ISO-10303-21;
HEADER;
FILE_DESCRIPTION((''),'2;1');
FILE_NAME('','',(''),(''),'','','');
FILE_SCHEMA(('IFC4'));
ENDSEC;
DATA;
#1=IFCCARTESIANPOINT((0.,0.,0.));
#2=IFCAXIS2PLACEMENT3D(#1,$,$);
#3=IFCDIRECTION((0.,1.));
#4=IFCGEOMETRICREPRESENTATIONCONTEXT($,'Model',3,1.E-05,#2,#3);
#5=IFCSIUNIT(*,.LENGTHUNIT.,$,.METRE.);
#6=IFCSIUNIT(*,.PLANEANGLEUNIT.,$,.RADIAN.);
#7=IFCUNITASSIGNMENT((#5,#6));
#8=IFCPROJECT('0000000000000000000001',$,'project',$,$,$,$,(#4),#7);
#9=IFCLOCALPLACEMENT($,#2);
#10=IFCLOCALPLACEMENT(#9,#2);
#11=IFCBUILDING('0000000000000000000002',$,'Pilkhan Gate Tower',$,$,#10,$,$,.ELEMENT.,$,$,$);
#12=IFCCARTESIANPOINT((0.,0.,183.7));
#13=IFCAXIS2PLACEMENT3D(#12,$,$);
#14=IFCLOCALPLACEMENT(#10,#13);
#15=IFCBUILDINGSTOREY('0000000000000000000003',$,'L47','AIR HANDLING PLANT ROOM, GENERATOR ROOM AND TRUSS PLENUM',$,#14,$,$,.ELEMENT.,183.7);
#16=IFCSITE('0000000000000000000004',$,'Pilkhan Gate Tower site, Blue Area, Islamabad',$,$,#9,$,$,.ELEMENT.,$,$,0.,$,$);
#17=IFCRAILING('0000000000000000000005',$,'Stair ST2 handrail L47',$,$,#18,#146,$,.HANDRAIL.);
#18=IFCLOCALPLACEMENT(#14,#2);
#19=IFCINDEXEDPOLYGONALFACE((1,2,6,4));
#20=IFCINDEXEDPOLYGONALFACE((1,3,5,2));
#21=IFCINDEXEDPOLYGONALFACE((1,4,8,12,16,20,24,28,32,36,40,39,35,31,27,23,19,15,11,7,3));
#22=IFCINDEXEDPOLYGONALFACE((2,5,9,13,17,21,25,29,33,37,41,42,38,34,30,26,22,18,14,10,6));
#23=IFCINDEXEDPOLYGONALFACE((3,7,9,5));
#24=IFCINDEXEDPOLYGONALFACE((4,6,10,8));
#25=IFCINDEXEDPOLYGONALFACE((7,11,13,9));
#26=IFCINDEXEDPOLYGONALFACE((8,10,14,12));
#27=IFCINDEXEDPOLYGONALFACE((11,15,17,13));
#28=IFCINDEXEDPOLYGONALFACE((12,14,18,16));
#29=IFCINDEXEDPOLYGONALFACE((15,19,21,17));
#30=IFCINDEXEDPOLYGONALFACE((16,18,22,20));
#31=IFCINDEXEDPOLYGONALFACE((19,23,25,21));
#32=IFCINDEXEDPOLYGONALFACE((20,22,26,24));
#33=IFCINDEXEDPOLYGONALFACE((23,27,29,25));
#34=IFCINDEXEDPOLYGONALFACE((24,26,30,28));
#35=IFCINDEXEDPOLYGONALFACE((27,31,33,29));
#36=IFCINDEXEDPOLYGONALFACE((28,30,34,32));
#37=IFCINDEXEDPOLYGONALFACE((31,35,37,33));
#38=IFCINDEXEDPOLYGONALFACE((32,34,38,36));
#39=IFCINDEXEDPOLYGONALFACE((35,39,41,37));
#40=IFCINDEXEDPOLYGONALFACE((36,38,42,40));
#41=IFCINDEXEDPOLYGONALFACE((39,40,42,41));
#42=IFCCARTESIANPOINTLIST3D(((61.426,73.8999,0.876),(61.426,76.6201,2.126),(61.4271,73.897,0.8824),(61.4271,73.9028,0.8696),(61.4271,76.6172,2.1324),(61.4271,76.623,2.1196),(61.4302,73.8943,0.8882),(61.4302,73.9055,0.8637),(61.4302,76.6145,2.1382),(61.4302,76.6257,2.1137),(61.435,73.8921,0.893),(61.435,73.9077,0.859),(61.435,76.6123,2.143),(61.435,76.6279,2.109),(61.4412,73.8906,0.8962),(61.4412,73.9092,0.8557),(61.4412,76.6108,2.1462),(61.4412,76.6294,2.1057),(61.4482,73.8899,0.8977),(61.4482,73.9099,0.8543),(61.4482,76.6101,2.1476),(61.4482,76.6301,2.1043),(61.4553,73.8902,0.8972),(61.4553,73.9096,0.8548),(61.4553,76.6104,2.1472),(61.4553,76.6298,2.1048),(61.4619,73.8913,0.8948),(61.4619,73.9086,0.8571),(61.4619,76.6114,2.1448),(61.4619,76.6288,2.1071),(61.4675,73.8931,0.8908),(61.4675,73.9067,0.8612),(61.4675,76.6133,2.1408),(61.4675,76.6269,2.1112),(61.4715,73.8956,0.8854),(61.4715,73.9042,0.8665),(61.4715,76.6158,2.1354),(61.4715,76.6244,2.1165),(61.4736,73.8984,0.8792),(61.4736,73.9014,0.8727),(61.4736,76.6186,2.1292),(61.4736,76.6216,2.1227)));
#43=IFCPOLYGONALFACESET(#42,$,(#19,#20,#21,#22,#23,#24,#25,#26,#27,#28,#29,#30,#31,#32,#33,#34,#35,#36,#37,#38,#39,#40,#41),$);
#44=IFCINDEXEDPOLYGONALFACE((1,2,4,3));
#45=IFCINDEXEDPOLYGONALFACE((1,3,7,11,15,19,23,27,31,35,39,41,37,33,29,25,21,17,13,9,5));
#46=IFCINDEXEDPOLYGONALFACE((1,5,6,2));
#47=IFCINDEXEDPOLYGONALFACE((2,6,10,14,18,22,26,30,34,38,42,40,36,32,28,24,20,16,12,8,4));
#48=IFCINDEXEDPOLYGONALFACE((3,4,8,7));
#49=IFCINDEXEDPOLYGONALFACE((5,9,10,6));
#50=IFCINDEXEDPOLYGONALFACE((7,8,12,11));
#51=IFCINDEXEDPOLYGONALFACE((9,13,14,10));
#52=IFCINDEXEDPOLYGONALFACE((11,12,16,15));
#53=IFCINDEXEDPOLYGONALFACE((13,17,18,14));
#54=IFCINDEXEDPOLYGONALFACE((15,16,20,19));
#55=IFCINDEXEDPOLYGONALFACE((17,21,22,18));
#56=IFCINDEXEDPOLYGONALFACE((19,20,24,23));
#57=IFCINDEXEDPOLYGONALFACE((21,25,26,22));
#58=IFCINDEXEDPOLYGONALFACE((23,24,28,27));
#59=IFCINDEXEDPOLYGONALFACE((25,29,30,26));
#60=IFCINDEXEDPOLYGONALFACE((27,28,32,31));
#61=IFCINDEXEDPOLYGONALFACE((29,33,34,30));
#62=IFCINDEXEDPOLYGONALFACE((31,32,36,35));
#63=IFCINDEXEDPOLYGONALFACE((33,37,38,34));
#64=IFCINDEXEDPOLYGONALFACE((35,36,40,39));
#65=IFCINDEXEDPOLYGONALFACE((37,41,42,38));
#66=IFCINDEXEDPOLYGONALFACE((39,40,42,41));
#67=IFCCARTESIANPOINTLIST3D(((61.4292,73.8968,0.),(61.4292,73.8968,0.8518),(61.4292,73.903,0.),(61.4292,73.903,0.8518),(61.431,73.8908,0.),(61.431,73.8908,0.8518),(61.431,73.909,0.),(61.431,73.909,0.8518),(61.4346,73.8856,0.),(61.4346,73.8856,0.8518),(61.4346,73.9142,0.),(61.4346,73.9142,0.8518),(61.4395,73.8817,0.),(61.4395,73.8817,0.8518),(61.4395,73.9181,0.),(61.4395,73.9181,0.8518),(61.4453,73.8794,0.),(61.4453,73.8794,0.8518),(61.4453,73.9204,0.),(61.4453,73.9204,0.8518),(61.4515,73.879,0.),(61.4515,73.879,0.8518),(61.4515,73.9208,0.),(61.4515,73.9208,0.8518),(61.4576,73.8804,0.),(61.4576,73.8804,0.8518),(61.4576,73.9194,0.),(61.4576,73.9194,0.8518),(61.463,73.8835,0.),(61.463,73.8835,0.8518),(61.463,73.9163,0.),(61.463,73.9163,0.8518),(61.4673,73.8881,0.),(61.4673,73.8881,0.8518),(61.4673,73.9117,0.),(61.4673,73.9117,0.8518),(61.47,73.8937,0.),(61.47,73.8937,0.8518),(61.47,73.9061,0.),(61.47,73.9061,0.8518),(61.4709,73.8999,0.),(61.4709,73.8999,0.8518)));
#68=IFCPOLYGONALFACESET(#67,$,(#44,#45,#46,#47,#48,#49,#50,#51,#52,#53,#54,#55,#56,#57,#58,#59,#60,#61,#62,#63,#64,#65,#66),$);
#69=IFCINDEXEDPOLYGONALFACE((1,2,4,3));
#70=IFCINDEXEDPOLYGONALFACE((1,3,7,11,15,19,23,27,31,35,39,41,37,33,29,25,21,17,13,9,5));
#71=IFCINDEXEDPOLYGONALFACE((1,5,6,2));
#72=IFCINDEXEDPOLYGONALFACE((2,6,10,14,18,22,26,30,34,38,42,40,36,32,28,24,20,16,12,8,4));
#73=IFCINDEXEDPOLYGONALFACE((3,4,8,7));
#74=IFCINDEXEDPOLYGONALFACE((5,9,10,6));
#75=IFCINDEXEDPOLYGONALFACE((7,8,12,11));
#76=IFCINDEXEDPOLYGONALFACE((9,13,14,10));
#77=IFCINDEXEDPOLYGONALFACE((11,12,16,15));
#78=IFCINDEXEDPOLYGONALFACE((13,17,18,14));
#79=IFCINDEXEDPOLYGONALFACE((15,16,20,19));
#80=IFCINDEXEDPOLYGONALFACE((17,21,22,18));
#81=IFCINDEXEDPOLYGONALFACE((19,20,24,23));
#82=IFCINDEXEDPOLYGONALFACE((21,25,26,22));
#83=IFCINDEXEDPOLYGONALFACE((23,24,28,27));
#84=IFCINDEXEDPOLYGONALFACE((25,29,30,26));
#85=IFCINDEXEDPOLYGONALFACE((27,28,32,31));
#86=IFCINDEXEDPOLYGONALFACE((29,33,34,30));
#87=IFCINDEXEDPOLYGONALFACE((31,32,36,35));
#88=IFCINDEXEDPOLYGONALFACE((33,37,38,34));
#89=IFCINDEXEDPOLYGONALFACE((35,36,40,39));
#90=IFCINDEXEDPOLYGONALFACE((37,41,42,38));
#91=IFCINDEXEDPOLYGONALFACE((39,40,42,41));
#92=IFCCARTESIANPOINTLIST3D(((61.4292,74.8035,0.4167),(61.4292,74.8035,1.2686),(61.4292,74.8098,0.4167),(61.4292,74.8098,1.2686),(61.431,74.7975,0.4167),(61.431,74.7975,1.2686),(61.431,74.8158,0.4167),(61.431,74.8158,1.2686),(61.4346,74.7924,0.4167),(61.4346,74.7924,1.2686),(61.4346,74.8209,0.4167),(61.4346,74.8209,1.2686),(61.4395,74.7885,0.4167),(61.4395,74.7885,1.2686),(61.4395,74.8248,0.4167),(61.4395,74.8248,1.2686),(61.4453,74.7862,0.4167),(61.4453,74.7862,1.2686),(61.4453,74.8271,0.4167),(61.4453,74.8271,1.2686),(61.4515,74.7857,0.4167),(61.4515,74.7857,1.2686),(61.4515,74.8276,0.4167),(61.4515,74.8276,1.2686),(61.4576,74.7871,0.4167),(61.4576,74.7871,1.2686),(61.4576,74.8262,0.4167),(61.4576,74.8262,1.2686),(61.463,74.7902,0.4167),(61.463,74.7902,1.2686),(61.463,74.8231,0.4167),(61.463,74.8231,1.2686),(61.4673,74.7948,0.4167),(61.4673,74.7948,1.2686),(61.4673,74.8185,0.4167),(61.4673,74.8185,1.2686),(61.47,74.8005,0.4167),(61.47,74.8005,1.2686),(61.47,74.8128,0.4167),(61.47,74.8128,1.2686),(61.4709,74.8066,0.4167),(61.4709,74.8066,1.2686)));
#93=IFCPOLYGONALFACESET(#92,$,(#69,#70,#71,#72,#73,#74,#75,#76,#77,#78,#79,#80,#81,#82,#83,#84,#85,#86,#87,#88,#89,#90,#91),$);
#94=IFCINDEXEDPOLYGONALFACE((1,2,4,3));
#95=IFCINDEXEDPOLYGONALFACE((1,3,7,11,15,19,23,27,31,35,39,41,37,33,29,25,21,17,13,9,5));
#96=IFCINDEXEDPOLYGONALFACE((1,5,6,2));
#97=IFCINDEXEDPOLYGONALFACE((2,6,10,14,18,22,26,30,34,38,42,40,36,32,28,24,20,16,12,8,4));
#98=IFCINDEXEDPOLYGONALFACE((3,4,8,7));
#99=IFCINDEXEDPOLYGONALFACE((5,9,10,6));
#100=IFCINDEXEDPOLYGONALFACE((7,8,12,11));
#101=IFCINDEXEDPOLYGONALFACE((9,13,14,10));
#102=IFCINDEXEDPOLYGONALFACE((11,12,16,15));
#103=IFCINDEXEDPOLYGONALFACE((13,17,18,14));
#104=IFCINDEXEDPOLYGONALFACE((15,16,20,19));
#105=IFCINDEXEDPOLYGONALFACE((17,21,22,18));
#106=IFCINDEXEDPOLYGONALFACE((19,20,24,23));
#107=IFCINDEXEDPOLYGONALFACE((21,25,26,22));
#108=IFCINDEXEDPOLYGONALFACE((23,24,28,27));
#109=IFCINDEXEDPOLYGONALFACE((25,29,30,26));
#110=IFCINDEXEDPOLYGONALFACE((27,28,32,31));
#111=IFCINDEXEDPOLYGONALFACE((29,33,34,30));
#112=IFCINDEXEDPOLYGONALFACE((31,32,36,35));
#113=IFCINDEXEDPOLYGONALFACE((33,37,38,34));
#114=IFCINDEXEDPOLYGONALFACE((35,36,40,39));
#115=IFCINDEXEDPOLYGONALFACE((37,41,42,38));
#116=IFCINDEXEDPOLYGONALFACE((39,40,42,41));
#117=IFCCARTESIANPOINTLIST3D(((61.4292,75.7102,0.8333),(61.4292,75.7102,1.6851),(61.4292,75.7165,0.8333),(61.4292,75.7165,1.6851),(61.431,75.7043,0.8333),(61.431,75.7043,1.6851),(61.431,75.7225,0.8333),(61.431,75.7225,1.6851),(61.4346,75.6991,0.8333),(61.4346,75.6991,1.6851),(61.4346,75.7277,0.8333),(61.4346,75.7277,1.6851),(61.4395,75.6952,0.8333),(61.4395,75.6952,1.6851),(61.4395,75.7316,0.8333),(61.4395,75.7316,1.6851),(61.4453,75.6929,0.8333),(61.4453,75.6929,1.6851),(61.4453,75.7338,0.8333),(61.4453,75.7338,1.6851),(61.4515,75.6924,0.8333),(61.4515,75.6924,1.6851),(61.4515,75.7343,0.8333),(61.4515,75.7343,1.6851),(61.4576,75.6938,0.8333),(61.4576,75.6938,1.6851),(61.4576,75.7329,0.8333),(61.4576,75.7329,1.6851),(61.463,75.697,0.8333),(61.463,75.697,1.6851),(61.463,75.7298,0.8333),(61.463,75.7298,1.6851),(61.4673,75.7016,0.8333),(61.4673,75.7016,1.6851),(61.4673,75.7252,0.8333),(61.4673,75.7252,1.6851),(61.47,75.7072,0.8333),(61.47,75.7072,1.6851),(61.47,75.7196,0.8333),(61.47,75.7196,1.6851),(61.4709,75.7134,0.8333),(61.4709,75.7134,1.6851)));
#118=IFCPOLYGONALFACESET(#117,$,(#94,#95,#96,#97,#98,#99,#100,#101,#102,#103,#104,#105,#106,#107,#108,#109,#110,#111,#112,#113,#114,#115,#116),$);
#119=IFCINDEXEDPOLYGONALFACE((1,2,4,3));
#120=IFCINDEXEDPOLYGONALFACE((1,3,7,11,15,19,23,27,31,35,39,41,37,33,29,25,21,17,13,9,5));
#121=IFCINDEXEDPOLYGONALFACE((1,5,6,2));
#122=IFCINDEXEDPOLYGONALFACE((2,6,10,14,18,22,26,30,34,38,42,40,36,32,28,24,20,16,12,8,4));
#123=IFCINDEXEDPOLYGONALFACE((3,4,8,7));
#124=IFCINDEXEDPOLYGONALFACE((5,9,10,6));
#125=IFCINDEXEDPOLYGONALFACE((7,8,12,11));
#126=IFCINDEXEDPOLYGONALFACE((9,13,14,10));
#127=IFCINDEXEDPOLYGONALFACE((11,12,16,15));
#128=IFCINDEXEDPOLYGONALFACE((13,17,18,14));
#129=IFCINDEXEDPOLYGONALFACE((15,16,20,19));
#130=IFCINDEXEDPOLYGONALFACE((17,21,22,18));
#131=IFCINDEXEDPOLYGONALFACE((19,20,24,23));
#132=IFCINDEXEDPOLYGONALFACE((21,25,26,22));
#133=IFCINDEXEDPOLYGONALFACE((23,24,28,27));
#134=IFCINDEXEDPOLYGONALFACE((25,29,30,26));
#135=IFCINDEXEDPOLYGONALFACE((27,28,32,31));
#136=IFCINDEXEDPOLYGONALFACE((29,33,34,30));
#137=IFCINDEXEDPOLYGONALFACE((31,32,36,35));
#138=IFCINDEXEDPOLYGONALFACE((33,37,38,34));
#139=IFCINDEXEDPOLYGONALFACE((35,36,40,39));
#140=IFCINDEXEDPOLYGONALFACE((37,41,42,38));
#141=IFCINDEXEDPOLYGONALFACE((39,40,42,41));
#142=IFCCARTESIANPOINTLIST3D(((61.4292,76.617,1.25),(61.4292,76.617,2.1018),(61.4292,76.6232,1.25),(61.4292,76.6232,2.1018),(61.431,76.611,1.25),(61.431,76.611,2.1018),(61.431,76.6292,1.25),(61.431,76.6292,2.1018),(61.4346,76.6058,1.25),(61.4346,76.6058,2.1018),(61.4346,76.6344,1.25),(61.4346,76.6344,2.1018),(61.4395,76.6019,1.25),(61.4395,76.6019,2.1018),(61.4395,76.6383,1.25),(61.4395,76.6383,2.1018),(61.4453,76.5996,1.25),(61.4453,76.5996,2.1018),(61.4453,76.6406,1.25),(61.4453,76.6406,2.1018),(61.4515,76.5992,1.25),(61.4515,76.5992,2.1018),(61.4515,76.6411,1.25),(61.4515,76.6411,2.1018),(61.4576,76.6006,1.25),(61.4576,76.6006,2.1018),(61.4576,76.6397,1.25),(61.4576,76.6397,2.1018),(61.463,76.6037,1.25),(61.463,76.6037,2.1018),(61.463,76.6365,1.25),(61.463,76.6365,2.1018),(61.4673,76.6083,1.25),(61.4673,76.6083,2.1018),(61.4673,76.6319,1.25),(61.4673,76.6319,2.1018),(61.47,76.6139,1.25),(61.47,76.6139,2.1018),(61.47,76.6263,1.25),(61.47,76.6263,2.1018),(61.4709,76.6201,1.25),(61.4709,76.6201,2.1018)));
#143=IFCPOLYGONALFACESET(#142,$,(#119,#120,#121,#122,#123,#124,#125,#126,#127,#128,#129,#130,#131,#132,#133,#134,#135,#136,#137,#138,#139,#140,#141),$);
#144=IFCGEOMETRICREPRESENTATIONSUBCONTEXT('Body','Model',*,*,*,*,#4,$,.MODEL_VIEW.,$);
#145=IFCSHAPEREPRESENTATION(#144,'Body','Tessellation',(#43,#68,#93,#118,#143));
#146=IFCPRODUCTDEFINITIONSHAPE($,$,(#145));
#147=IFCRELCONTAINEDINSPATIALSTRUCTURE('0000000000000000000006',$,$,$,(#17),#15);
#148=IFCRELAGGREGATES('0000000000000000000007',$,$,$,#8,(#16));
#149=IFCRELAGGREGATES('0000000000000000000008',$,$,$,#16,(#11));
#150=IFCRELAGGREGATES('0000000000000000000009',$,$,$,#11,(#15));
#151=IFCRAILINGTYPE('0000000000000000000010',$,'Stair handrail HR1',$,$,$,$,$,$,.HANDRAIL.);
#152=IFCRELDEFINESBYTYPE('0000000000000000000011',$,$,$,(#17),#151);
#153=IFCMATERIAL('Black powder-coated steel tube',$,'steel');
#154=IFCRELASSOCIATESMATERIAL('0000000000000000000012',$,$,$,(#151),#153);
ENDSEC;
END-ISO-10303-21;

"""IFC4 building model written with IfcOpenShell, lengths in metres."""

from ifc_helpers import new_model, si_unit, direction, frame, origin, origin_2d, place, context, subcontext, project, spatial, circle, extrude, material, type_object, element, save


model = new_model("IFC4")

# Units and contexts
model_context = context("Model", 3, precision=1e-05, world=origin(), true_north=direction((0.0, 1.0)))
body_context = subcontext(model_context, "Body", "Model", "MODEL_VIEW")
ifc_project = project(units=[si_unit("LENGTHUNIT", "METRE"), si_unit("PLANEANGLEUNIT", "RADIAN")], contexts=[model_context])

# Site, building, storey
site_placement = place(None, origin())
site = spatial("IfcSite", under=ifc_project, at=site_placement, Name="Pilkhan Gate Tower site, Blue Area, Islamabad", CompositionType="ELEMENT", RefElevation=0.0)
building_placement = place(site_placement, origin())
building = spatial("IfcBuilding", under=site, at=building_placement, Name="Pilkhan Gate Tower", CompositionType="ELEMENT")
storey_placement = place(building_placement, frame((0.0, 0.0, 183.7)))
storey = spatial("IfcBuildingStorey", under=building, at=storey_placement, Name="L47", Description="AIR HANDLING PLANT ROOM, GENERATOR ROOM AND TRUSS PLENUM", CompositionType="ELEMENT", Elevation=183.7)

# Railing
ifc_material_1 = material(Name="Black powder-coated steel tube", Category="steel")
railing_type_1 = type_object("IfcRailingType", Name="Stair handrail HR1", PredefinedType="HANDRAIL", material=ifc_material_1)
railing_1_placement = place(storey_placement, frame((61.45, 73.8999, 0.0)))
element("IfcRailing", 1, at=railing_1_placement, inside=storey, type_object=railing_type_1, Name="Stair ST2 handrail L47", PredefinedType="HANDRAIL", context=body_context, shape_type="SweptSolid", body=[
    extrude(circle(Radius=0.0239, at=origin_2d()), frame((0.0, 0.0, 0.876), z_axis=(0.0, 0.908655, 0.417547), x_axis=(-1.0, 0.0, 0.0)), (0.0, 0.0, 1.0), 2.9937),
    extrude(circle(Radius=0.021, at=origin_2d()), origin(), (0.0, 0.0, 1.0), 0.8518),
    extrude(circle(Radius=0.021, at=origin_2d()), frame((0.0, 0.9067, 0.4167)), (0.0, 0.0, 1.0), 0.8518),
    extrude(circle(Radius=0.021, at=origin_2d()), frame((0.0, 1.8135, 0.8333)), (0.0, 0.0, 1.0), 0.8518),
    extrude(circle(Radius=0.021, at=origin_2d()), frame((0.0, 2.7202, 1.25)), (0.0, 0.0, 1.0), 0.8518),
])

save(model, "model.ifc")
